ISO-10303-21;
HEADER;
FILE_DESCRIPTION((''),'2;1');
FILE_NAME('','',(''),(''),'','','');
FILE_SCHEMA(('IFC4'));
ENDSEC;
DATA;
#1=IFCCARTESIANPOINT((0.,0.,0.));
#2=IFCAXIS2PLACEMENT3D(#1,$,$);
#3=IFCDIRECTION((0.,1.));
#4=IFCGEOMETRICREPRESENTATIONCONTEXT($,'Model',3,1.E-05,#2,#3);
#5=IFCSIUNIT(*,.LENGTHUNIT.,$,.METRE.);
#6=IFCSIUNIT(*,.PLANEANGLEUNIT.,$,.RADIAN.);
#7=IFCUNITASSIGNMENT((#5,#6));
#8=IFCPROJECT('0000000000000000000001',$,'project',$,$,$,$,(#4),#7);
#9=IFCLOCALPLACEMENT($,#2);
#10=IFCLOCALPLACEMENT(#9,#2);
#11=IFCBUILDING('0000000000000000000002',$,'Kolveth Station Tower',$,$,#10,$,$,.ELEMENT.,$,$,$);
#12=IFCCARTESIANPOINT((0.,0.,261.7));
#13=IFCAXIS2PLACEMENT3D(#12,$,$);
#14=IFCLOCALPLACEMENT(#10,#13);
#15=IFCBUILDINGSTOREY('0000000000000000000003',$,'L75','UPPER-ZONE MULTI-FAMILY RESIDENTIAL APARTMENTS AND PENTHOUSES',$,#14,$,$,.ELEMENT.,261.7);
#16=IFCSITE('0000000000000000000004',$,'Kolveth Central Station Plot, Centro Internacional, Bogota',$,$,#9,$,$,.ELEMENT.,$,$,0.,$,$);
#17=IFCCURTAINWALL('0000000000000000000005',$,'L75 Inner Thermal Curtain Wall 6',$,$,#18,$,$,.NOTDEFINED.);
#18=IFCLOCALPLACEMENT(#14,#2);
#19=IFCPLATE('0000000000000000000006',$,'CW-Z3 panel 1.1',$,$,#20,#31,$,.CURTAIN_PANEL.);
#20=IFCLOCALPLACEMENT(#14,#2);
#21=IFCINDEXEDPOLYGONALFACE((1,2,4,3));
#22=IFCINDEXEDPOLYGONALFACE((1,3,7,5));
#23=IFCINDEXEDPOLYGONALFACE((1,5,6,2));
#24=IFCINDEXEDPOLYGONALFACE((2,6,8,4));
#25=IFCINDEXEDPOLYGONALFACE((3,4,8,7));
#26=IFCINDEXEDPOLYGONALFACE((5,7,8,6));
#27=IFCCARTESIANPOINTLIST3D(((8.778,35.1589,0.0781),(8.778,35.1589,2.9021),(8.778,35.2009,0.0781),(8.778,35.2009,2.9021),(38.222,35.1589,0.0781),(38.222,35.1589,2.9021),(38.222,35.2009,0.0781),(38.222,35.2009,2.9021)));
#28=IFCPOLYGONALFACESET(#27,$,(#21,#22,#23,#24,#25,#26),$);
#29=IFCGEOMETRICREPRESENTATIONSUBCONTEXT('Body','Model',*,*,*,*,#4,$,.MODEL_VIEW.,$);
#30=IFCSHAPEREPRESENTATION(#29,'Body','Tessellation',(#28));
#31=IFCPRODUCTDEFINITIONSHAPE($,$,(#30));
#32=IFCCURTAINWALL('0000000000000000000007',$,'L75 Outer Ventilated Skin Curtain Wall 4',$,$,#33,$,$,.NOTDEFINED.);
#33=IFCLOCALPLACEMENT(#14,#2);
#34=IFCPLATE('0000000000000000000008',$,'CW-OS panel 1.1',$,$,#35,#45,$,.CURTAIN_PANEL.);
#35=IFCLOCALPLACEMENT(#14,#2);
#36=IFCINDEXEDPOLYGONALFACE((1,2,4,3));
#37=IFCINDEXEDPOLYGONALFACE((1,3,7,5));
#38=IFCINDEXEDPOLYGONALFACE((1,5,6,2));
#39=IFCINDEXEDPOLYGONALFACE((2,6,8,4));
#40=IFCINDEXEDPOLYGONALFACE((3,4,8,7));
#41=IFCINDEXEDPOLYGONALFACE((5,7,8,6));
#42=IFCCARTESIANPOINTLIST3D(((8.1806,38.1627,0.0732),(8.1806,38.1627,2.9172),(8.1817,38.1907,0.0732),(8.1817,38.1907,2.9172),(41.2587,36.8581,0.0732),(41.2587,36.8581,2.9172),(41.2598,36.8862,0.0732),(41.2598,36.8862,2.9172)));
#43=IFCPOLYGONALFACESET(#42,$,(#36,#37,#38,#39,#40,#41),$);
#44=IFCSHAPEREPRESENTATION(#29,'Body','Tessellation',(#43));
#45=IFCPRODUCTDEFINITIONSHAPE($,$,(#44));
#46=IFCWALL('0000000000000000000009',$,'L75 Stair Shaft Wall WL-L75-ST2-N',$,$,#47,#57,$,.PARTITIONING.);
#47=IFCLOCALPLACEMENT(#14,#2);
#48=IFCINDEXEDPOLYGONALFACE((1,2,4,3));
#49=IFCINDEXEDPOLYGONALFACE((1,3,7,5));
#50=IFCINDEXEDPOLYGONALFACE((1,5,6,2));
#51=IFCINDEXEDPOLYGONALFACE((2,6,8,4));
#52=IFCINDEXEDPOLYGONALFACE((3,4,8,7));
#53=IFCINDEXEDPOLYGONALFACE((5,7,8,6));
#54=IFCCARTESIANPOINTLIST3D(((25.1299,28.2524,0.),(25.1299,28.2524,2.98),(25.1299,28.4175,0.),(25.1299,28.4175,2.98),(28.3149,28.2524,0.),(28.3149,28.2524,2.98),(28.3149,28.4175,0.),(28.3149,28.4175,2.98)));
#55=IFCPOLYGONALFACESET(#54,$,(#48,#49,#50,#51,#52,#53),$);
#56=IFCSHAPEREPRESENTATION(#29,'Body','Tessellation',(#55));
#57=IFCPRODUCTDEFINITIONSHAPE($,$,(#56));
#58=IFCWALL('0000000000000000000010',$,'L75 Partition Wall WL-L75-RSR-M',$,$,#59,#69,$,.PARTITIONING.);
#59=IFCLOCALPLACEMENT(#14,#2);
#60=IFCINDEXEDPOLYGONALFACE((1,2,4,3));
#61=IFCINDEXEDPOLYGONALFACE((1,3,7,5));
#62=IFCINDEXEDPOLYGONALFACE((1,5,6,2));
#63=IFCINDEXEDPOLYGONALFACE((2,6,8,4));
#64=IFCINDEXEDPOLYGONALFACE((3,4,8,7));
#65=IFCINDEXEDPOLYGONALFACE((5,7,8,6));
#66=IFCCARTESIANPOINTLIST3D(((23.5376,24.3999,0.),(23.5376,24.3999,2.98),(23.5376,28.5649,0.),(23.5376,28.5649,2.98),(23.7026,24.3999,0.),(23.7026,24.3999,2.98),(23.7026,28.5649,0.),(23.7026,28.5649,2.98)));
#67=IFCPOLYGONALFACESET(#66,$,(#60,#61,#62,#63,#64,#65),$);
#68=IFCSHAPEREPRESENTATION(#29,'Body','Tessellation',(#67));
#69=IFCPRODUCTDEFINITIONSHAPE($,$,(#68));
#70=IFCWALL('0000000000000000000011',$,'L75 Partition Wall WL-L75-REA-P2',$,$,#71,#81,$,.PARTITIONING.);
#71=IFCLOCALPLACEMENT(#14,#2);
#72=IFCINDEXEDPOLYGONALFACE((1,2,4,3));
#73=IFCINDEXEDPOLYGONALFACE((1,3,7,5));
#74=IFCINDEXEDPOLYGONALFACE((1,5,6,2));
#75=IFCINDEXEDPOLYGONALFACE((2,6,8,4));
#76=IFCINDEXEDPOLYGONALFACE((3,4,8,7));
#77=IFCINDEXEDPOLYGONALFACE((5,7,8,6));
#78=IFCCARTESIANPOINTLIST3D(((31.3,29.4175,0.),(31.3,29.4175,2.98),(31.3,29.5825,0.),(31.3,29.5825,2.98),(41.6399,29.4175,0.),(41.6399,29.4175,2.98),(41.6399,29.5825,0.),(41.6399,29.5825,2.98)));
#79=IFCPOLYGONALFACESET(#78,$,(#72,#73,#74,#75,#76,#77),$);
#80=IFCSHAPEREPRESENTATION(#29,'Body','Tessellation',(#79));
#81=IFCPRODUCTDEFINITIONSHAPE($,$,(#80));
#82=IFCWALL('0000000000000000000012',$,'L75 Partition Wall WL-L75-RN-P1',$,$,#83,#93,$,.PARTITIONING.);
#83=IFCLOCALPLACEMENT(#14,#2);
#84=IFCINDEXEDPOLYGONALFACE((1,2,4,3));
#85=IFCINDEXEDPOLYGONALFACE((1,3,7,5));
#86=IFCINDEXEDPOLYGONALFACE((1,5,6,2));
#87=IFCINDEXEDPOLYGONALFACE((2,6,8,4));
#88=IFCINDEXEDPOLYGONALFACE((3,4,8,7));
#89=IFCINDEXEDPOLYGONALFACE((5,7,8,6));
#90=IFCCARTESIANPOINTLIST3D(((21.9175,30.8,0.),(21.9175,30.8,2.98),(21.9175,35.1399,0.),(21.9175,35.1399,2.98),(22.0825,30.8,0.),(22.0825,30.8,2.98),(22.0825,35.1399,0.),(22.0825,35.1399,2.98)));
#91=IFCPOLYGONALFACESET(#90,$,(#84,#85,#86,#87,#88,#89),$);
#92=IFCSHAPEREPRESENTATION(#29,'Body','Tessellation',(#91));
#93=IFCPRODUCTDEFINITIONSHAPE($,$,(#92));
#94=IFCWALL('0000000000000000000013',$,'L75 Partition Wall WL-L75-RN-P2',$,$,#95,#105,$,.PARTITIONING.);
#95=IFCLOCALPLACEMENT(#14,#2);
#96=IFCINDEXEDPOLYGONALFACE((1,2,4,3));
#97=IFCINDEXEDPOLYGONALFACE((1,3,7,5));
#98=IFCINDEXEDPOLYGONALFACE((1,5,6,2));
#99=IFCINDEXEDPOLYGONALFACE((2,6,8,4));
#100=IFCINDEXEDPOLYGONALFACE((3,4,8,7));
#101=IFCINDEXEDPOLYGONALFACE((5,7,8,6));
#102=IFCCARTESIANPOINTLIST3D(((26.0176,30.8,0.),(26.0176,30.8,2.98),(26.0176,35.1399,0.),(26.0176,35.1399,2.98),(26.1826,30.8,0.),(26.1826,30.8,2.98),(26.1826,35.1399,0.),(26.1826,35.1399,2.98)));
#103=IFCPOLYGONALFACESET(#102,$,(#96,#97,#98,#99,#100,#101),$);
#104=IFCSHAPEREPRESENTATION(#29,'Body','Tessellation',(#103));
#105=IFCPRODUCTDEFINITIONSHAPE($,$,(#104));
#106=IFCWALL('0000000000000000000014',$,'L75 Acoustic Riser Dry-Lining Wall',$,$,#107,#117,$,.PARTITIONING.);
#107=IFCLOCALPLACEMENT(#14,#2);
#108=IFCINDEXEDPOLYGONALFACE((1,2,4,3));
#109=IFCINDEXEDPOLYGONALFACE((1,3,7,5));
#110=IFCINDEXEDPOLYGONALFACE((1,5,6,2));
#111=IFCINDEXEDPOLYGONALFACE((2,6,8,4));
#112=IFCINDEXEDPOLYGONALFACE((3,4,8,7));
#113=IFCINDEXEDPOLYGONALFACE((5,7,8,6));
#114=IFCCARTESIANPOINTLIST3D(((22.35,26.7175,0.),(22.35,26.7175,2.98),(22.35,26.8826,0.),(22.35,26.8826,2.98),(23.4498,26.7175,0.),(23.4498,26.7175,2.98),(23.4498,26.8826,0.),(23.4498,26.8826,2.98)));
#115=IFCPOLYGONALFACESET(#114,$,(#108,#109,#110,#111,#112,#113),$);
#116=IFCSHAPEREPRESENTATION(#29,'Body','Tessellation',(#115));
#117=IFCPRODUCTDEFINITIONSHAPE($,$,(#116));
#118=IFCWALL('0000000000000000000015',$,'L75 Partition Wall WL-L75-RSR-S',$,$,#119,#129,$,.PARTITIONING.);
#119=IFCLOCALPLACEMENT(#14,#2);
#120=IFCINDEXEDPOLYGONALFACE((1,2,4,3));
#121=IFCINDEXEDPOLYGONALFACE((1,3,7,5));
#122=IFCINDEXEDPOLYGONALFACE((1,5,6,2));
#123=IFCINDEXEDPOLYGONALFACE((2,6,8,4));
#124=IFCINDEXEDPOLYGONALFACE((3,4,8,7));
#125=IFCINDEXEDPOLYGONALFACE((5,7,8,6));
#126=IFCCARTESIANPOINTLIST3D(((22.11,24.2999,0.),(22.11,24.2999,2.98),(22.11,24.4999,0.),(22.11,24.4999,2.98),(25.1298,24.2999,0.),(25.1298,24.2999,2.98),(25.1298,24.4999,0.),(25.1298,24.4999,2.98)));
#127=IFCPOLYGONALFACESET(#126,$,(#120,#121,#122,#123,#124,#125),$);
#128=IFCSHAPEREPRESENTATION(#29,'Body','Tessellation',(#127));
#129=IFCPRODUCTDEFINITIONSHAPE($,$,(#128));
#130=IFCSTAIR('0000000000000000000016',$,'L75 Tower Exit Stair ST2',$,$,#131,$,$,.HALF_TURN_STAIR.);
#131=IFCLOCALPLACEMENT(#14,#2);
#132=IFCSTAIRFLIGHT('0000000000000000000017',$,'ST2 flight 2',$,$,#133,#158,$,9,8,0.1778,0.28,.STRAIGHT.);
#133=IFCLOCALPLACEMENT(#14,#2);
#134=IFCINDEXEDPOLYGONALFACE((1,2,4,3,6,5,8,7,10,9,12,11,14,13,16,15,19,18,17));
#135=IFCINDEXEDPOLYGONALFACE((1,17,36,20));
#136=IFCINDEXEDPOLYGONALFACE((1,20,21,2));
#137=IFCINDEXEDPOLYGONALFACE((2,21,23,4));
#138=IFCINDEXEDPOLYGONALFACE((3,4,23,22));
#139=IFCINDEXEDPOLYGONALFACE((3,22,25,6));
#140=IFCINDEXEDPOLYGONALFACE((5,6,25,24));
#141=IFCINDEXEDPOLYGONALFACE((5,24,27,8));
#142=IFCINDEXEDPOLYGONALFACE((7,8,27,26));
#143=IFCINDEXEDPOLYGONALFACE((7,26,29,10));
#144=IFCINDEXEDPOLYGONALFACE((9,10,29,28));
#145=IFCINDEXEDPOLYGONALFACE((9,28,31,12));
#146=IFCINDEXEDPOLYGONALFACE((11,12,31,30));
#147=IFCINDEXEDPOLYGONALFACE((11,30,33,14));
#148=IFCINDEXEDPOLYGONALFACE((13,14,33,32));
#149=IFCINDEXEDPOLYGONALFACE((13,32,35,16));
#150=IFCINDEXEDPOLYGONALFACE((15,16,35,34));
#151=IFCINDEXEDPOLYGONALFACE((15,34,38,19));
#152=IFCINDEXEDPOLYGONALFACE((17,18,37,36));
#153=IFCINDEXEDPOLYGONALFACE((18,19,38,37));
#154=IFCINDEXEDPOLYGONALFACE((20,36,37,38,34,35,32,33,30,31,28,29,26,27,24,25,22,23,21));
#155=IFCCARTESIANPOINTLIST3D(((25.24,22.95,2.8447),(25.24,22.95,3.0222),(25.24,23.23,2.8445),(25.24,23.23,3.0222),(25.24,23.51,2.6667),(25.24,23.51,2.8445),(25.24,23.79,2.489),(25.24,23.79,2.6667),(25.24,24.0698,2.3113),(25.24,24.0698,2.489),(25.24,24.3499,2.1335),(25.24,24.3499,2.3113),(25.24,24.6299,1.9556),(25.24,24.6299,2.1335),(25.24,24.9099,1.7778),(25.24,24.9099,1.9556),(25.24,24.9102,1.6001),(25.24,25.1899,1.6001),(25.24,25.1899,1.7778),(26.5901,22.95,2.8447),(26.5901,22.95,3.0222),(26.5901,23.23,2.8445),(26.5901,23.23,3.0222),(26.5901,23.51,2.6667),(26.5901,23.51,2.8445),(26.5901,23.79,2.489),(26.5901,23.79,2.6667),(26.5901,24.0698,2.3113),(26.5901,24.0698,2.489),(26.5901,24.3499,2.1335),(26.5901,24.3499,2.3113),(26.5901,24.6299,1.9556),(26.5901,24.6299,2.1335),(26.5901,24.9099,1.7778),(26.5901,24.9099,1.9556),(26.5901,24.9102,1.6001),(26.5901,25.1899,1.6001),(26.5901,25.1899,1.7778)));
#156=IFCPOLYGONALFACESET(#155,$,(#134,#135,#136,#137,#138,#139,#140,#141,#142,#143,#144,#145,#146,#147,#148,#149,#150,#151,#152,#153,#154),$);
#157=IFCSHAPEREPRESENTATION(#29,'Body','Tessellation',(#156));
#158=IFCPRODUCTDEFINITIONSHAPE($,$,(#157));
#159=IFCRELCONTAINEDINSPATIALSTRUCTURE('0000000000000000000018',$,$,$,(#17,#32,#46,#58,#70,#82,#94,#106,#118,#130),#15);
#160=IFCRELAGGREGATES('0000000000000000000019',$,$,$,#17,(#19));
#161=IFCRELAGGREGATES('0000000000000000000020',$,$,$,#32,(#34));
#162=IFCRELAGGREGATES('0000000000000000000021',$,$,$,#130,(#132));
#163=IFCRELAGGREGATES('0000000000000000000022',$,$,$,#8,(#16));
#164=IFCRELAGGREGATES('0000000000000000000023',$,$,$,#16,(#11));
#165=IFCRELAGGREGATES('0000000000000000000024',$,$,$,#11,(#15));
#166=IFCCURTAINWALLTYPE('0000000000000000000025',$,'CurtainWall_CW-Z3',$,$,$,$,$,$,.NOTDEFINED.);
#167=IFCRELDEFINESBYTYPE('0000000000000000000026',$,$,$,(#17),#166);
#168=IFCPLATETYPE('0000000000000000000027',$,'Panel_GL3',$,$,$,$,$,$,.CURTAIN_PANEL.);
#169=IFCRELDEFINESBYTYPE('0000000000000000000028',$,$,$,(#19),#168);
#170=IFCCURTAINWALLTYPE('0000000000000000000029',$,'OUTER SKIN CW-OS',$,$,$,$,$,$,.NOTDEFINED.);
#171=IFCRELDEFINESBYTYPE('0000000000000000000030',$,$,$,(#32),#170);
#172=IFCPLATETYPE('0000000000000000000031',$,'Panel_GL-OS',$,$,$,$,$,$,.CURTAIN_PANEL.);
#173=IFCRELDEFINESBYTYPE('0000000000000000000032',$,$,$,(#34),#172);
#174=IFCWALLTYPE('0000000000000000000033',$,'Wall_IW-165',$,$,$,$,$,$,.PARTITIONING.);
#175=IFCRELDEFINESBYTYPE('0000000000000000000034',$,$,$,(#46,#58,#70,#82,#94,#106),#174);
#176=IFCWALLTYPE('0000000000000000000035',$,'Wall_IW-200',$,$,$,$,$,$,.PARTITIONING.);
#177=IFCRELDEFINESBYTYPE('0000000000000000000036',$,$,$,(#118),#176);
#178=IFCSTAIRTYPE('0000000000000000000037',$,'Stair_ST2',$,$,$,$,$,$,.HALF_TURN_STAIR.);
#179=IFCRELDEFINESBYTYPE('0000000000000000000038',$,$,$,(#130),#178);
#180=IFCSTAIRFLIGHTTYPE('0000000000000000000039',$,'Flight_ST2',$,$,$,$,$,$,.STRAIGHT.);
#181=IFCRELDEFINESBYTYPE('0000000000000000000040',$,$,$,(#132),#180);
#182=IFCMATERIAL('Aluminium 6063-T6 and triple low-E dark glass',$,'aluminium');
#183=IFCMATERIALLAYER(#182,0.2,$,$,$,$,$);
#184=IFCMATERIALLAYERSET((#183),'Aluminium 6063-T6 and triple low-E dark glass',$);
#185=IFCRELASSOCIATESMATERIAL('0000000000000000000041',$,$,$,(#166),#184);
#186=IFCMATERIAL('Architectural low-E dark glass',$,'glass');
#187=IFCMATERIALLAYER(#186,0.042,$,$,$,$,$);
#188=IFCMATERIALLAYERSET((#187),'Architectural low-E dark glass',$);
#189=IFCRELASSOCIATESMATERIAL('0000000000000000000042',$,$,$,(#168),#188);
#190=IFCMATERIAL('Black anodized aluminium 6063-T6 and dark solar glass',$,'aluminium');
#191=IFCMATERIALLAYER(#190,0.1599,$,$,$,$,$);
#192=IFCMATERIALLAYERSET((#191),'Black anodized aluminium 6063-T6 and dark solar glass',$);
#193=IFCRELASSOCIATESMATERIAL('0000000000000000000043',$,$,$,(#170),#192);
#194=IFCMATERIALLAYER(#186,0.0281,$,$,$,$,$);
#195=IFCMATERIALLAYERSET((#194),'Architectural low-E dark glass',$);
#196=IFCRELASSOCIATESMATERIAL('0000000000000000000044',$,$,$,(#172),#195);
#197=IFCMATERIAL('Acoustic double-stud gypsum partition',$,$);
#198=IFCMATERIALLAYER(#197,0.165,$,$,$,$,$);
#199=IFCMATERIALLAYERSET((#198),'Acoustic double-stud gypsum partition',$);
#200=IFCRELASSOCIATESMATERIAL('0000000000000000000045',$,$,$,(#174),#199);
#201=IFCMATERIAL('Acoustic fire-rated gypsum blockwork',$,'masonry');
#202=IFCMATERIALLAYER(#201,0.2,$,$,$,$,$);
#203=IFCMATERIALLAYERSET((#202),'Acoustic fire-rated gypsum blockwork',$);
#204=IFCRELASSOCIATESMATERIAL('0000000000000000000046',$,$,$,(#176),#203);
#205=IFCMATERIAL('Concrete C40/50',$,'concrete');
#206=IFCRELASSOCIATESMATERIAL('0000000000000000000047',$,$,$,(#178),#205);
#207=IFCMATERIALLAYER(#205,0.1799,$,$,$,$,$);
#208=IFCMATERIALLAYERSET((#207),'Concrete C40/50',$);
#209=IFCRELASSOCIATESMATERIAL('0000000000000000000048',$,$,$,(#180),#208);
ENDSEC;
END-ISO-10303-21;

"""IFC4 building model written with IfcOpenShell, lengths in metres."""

from ifc_helpers import new_model, si_unit, direction, frame, frame_2d, origin, origin_2d, place, context, subcontext, project, spatial, polyline, rectangle, outline, extrude, source, transform, mapped, material, layer, layer_set, type_object, element, aggregate, save


model = new_model("IFC4")

# Units and contexts
model_context = context("Model", 3, precision=1e-05, world=origin(), true_north=direction((0.0, 1.0)))
body_context = subcontext(model_context, "Body", "Model", "MODEL_VIEW")
ifc_project = project(units=[si_unit("LENGTHUNIT", "METRE"), si_unit("PLANEANGLEUNIT", "RADIAN")], contexts=[model_context])

# Site, building, storey
site_placement = place(None, origin())
site = spatial("IfcSite", under=ifc_project, at=site_placement, Name="Kolveth Central Station Plot, Centro Internacional, Bogota", CompositionType="ELEMENT", RefElevation=0.0)
building_placement = place(site_placement, origin())
building = spatial("IfcBuilding", under=site, at=building_placement, Name="Kolveth Station Tower", CompositionType="ELEMENT")
storey_placement = place(building_placement, frame((0.0, 0.0, 261.7)))
storey = spatial("IfcBuildingStorey", under=building, at=storey_placement, Name="L75", Description="UPPER-ZONE MULTI-FAMILY RESIDENTIAL APARTMENTS AND PENTHOUSES", CompositionType="ELEMENT", Elevation=261.7)

# Curtain walls, plates
ifc_material_1 = material(Name="Aluminium 6063-T6 and triple low-E dark glass", Category="aluminium")
ifc_layer_1 = layer(ifc_material_1, 0.2)
ifc_layer_set_1 = layer_set([ifc_layer_1], Name="Aluminium 6063-T6 and triple low-E dark glass")
curtain_wall_type_1 = type_object("IfcCurtainWallType", Name="CurtainWall_CW-Z3", PredefinedType="NOTDEFINED", material=ifc_layer_set_1)
curtain_wall_1_placement = place(storey_placement, origin())
curtain_wall_1 = element("IfcCurtainWall", 1, at=curtain_wall_1_placement, inside=storey, type_object=curtain_wall_type_1, Name="L75 Inner Thermal Curtain Wall 6", PredefinedType="NOTDEFINED")
ifc_material_2 = material(Name="Architectural low-E dark glass", Category="glass")
ifc_layer_2 = layer(ifc_material_2, 0.042)
ifc_layer_set_2 = layer_set([ifc_layer_2], Name="Architectural low-E dark glass")
plate_type_1 = type_object("IfcPlateType", Name="Panel_GL3", PredefinedType="CURTAIN_PANEL", material=ifc_layer_set_2)
shared_shape_1 = source(origin(), body_context, "Body", "SweptSolid", [
    extrude(rectangle(XDim=29.4441, YDim=0.042, at=origin_2d()), origin(), (0.0, 0.0, 1.0), 2.824),
])
plate_1_placement = place(storey_placement, frame((23.5, 35.1799, 0.0781), z_axis=(0.0, 0.0, 1.0), x_axis=(-1.0, 0.0, 0.0)))
plate_1 = element("IfcPlate", 2, at=plate_1_placement, type_object=plate_type_1, Name="CW-Z3 panel 1.1", PredefinedType="CURTAIN_PANEL", context=body_context, shape_type="MappedRepresentation", body=[
    mapped(shared_shape_1, transform((0.0, 0.0, 0.0), x_axis=(1.0, 0.0, 0.0), y_axis=(0.0, 1.0, 0.0), z_axis=(0.0, 0.0, 1.0), scale=1.0)),
])
aggregate(curtain_wall_1, [plate_1])
ifc_material_3 = material(Name="Black anodized aluminium 6063-T6 and dark solar glass", Category="aluminium")
ifc_layer_3 = layer(ifc_material_3, 0.1599)
ifc_layer_set_3 = layer_set([ifc_layer_3], Name="Black anodized aluminium 6063-T6 and dark solar glass")
curtain_wall_type_2 = type_object("IfcCurtainWallType", Name="OUTER SKIN CW-OS", PredefinedType="NOTDEFINED", material=ifc_layer_set_3)
curtain_wall_2_placement = place(storey_placement, origin())
curtain_wall_2 = element("IfcCurtainWall", 3, at=curtain_wall_2_placement, inside=storey, type_object=curtain_wall_type_2, Name="L75 Outer Ventilated Skin Curtain Wall 4", PredefinedType="NOTDEFINED")
ifc_layer_4 = layer(ifc_material_2, 0.0281)
ifc_layer_set_4 = layer_set([ifc_layer_4], Name="Architectural low-E dark glass")
plate_type_2 = type_object("IfcPlateType", Name="Panel_GL-OS", PredefinedType="CURTAIN_PANEL", material=ifc_layer_set_4)
shared_shape_2 = source(origin(), body_context, "Body", "SweptSolid", [
    extrude(rectangle(XDim=33.1038, YDim=0.0281, at=origin_2d()), origin(), (0.0, 0.0, 1.0), 2.844),
])
plate_2_placement = place(storey_placement, frame((24.7202, 37.5244, 0.0732), z_axis=(0.0, 0.0, 1.0), x_axis=(-0.999223, 0.039408, 0.0)))
plate_2 = element("IfcPlate", 4, at=plate_2_placement, type_object=plate_type_2, Name="CW-OS panel 1.1", PredefinedType="CURTAIN_PANEL", context=body_context, shape_type="MappedRepresentation", body=[
    mapped(shared_shape_2, transform((0.0, 0.0, 0.0), x_axis=(1.0, 0.0, 0.0), y_axis=(0.0, 1.0, 0.0), z_axis=(0.0, 0.0, 1.0), scale=1.0)),
])
aggregate(curtain_wall_2, [plate_2])

# Walls
ifc_material_4 = material(Name="Acoustic double-stud gypsum partition")
ifc_layer_5 = layer(ifc_material_4, 0.165)
ifc_layer_set_5 = layer_set([ifc_layer_5], Name="Acoustic double-stud gypsum partition")
wall_type_1 = type_object("IfcWallType", Name="Wall_IW-165", PredefinedType="PARTITIONING", material=ifc_layer_set_5)
wall_1_placement = place(storey_placement, frame((25.1299, 28.335, 0.0), z_axis=(0.0, 0.0, 1.0), x_axis=(1.0, 0.0, 0.0)))
element("IfcWall", 5, at=wall_1_placement, inside=storey, type_object=wall_type_1, Name="L75 Stair Shaft Wall WL-L75-ST2-N", PredefinedType="PARTITIONING", context=body_context, shape_type="SweptSolid", body=[
    extrude(rectangle(XDim=3.1851, YDim=0.165, at=frame_2d((1.5925, 0.0))), origin(), (0.0, 0.0, 1.0), 2.98),
])
wall_2_placement = place(storey_placement, frame((23.6201, 24.3999, 0.0), z_axis=(0.0, 0.0, 1.0), x_axis=(0.0, 1.0, 0.0)))
element("IfcWall", 6, at=wall_2_placement, inside=storey, type_object=wall_type_1, Name="L75 Partition Wall WL-L75-RSR-M", PredefinedType="PARTITIONING", context=body_context, shape_type="SweptSolid", body=[
    extrude(rectangle(XDim=4.165, YDim=0.165, at=frame_2d((2.0825, 0.0))), origin(), (0.0, 0.0, 1.0), 2.98),
])
wall_3_placement = place(storey_placement, frame((31.3, 29.5, 0.0), z_axis=(0.0, 0.0, 1.0), x_axis=(1.0, 0.0, 0.0)))
element("IfcWall", 7, at=wall_3_placement, inside=storey, type_object=wall_type_1, Name="L75 Partition Wall WL-L75-REA-P2", PredefinedType="PARTITIONING", context=body_context, shape_type="SweptSolid", body=[
    extrude(rectangle(XDim=10.3398, YDim=0.165, at=frame_2d((5.1699, 0.0))), origin(), (0.0, 0.0, 1.0), 2.98),
])
for number, where, z_axis, x_axis, name in (
    (8, (22.0, 30.8, 0.0), (0.0, 0.0, 1.0), (0.0, 1.0, 0.0), "L75 Partition Wall WL-L75-RN-P1"),
    (9, (26.1001, 30.8, 0.0), (0.0, 0.0, 1.0), (0.0, 1.0, 0.0), "L75 Partition Wall WL-L75-RN-P2"),
):
    element("IfcWall", number, at=place(storey_placement, frame(where, z_axis=z_axis, x_axis=x_axis)), inside=storey, type_object=wall_type_1, Name=name, PredefinedType="PARTITIONING", context=body_context, shape_type="SweptSolid", body=[
        extrude(rectangle(XDim=4.3398, YDim=0.165, at=frame_2d((2.1699, 0.0))), origin(), (0.0, 0.0, 1.0), 2.98),
    ])
wall_4_placement = place(storey_placement, frame((22.3501, 26.8, 0.0), z_axis=(0.0, 0.0, 1.0), x_axis=(1.0, 0.0, 0.0)))
element("IfcWall", 10, at=wall_4_placement, inside=storey, type_object=wall_type_1, Name="L75 Acoustic Riser Dry-Lining Wall", PredefinedType="PARTITIONING", context=body_context, shape_type="SweptSolid", body=[
    extrude(rectangle(XDim=1.0999, YDim=0.165, at=frame_2d((0.5498, 0.0))), origin(), (0.0, 0.0, 1.0), 2.98),
])
ifc_material_5 = material(Name="Acoustic fire-rated gypsum blockwork", Category="masonry")
ifc_layer_6 = layer(ifc_material_5, 0.2)
ifc_layer_set_6 = layer_set([ifc_layer_6], Name="Acoustic fire-rated gypsum blockwork")
wall_type_2 = type_object("IfcWallType", Name="Wall_IW-200", PredefinedType="PARTITIONING", material=ifc_layer_set_6)
wall_5_placement = place(storey_placement, frame((22.1101, 24.3999, 0.0), z_axis=(0.0, 0.0, 1.0), x_axis=(1.0, 0.0, 0.0)))
element("IfcWall", 11, at=wall_5_placement, inside=storey, type_object=wall_type_2, Name="L75 Partition Wall WL-L75-RSR-S", PredefinedType="PARTITIONING", context=body_context, shape_type="SweptSolid", body=[
    extrude(rectangle(XDim=3.0198, YDim=0.2, at=frame_2d((1.5098, 0.0))), origin(), (0.0, 0.0, 1.0), 2.98),
])

# Stair, stair flight
ifc_material_6 = material(Name="Concrete C40/50", Category="concrete")
stair_type = type_object("IfcStairType", Name="Stair_ST2", PredefinedType="HALF_TURN_STAIR", material=ifc_material_6)
stair_placement = place(storey_placement, origin())
stair = element("IfcStair", 12, at=stair_placement, inside=storey, type_object=stair_type, Name="L75 Tower Exit Stair ST2", PredefinedType="HALF_TURN_STAIR")
ifc_layer_7 = layer(ifc_material_6, 0.1799)
ifc_layer_set_7 = layer_set([ifc_layer_7], Name="Concrete C40/50")
stair_flight_type = type_object("IfcStairFlightType", Name="Flight_ST2", PredefinedType="STRAIGHT", material=ifc_layer_set_7)
stair_flight_placement = place(storey_placement, frame((25.915, 25.1899, 1.6001), z_axis=(0.0, 0.0, 1.0), x_axis=(0.0, -1.0, 0.0)))
stair_flight = element("IfcStairFlight", 13, at=stair_flight_placement, type_object=stair_flight_type, Name="ST2 flight 2", NumberOfRisers=9, NumberOfTreads=8, PredefinedType="STRAIGHT", RiserHeight=0.1778, TreadLength=0.28, context=body_context, shape_type="SweptSolid", body=[
    extrude(outline(polyline([(0.0, 0.0), (0.0, 0.1777), (0.28, 0.1777), (0.28, 0.3555), (0.5601, 0.3555), (0.5601, 0.5334), (0.8401, 0.5334), (0.8401, 0.7112), (1.1201, 0.7112), (1.1201, 0.8889), (1.3999, 0.8889), (1.3999, 1.0667), (1.6799, 1.0667), (1.6799, 1.2444), (1.96, 1.2444), (1.96, 1.4221), (2.24, 1.4221), (2.24, 1.6001), (2.24, 1.2446), (0.2798, 0.0), (0.0, 0.0)])), frame((0.0, 0.675, 0.0), z_axis=(0.0, -1.0, 0.0), x_axis=(1.0, 0.0, 0.0)), (0.0, 0.0, 1.0), 1.3501),
])
aggregate(stair, [stair_flight])

save(model, "model.ifc")
